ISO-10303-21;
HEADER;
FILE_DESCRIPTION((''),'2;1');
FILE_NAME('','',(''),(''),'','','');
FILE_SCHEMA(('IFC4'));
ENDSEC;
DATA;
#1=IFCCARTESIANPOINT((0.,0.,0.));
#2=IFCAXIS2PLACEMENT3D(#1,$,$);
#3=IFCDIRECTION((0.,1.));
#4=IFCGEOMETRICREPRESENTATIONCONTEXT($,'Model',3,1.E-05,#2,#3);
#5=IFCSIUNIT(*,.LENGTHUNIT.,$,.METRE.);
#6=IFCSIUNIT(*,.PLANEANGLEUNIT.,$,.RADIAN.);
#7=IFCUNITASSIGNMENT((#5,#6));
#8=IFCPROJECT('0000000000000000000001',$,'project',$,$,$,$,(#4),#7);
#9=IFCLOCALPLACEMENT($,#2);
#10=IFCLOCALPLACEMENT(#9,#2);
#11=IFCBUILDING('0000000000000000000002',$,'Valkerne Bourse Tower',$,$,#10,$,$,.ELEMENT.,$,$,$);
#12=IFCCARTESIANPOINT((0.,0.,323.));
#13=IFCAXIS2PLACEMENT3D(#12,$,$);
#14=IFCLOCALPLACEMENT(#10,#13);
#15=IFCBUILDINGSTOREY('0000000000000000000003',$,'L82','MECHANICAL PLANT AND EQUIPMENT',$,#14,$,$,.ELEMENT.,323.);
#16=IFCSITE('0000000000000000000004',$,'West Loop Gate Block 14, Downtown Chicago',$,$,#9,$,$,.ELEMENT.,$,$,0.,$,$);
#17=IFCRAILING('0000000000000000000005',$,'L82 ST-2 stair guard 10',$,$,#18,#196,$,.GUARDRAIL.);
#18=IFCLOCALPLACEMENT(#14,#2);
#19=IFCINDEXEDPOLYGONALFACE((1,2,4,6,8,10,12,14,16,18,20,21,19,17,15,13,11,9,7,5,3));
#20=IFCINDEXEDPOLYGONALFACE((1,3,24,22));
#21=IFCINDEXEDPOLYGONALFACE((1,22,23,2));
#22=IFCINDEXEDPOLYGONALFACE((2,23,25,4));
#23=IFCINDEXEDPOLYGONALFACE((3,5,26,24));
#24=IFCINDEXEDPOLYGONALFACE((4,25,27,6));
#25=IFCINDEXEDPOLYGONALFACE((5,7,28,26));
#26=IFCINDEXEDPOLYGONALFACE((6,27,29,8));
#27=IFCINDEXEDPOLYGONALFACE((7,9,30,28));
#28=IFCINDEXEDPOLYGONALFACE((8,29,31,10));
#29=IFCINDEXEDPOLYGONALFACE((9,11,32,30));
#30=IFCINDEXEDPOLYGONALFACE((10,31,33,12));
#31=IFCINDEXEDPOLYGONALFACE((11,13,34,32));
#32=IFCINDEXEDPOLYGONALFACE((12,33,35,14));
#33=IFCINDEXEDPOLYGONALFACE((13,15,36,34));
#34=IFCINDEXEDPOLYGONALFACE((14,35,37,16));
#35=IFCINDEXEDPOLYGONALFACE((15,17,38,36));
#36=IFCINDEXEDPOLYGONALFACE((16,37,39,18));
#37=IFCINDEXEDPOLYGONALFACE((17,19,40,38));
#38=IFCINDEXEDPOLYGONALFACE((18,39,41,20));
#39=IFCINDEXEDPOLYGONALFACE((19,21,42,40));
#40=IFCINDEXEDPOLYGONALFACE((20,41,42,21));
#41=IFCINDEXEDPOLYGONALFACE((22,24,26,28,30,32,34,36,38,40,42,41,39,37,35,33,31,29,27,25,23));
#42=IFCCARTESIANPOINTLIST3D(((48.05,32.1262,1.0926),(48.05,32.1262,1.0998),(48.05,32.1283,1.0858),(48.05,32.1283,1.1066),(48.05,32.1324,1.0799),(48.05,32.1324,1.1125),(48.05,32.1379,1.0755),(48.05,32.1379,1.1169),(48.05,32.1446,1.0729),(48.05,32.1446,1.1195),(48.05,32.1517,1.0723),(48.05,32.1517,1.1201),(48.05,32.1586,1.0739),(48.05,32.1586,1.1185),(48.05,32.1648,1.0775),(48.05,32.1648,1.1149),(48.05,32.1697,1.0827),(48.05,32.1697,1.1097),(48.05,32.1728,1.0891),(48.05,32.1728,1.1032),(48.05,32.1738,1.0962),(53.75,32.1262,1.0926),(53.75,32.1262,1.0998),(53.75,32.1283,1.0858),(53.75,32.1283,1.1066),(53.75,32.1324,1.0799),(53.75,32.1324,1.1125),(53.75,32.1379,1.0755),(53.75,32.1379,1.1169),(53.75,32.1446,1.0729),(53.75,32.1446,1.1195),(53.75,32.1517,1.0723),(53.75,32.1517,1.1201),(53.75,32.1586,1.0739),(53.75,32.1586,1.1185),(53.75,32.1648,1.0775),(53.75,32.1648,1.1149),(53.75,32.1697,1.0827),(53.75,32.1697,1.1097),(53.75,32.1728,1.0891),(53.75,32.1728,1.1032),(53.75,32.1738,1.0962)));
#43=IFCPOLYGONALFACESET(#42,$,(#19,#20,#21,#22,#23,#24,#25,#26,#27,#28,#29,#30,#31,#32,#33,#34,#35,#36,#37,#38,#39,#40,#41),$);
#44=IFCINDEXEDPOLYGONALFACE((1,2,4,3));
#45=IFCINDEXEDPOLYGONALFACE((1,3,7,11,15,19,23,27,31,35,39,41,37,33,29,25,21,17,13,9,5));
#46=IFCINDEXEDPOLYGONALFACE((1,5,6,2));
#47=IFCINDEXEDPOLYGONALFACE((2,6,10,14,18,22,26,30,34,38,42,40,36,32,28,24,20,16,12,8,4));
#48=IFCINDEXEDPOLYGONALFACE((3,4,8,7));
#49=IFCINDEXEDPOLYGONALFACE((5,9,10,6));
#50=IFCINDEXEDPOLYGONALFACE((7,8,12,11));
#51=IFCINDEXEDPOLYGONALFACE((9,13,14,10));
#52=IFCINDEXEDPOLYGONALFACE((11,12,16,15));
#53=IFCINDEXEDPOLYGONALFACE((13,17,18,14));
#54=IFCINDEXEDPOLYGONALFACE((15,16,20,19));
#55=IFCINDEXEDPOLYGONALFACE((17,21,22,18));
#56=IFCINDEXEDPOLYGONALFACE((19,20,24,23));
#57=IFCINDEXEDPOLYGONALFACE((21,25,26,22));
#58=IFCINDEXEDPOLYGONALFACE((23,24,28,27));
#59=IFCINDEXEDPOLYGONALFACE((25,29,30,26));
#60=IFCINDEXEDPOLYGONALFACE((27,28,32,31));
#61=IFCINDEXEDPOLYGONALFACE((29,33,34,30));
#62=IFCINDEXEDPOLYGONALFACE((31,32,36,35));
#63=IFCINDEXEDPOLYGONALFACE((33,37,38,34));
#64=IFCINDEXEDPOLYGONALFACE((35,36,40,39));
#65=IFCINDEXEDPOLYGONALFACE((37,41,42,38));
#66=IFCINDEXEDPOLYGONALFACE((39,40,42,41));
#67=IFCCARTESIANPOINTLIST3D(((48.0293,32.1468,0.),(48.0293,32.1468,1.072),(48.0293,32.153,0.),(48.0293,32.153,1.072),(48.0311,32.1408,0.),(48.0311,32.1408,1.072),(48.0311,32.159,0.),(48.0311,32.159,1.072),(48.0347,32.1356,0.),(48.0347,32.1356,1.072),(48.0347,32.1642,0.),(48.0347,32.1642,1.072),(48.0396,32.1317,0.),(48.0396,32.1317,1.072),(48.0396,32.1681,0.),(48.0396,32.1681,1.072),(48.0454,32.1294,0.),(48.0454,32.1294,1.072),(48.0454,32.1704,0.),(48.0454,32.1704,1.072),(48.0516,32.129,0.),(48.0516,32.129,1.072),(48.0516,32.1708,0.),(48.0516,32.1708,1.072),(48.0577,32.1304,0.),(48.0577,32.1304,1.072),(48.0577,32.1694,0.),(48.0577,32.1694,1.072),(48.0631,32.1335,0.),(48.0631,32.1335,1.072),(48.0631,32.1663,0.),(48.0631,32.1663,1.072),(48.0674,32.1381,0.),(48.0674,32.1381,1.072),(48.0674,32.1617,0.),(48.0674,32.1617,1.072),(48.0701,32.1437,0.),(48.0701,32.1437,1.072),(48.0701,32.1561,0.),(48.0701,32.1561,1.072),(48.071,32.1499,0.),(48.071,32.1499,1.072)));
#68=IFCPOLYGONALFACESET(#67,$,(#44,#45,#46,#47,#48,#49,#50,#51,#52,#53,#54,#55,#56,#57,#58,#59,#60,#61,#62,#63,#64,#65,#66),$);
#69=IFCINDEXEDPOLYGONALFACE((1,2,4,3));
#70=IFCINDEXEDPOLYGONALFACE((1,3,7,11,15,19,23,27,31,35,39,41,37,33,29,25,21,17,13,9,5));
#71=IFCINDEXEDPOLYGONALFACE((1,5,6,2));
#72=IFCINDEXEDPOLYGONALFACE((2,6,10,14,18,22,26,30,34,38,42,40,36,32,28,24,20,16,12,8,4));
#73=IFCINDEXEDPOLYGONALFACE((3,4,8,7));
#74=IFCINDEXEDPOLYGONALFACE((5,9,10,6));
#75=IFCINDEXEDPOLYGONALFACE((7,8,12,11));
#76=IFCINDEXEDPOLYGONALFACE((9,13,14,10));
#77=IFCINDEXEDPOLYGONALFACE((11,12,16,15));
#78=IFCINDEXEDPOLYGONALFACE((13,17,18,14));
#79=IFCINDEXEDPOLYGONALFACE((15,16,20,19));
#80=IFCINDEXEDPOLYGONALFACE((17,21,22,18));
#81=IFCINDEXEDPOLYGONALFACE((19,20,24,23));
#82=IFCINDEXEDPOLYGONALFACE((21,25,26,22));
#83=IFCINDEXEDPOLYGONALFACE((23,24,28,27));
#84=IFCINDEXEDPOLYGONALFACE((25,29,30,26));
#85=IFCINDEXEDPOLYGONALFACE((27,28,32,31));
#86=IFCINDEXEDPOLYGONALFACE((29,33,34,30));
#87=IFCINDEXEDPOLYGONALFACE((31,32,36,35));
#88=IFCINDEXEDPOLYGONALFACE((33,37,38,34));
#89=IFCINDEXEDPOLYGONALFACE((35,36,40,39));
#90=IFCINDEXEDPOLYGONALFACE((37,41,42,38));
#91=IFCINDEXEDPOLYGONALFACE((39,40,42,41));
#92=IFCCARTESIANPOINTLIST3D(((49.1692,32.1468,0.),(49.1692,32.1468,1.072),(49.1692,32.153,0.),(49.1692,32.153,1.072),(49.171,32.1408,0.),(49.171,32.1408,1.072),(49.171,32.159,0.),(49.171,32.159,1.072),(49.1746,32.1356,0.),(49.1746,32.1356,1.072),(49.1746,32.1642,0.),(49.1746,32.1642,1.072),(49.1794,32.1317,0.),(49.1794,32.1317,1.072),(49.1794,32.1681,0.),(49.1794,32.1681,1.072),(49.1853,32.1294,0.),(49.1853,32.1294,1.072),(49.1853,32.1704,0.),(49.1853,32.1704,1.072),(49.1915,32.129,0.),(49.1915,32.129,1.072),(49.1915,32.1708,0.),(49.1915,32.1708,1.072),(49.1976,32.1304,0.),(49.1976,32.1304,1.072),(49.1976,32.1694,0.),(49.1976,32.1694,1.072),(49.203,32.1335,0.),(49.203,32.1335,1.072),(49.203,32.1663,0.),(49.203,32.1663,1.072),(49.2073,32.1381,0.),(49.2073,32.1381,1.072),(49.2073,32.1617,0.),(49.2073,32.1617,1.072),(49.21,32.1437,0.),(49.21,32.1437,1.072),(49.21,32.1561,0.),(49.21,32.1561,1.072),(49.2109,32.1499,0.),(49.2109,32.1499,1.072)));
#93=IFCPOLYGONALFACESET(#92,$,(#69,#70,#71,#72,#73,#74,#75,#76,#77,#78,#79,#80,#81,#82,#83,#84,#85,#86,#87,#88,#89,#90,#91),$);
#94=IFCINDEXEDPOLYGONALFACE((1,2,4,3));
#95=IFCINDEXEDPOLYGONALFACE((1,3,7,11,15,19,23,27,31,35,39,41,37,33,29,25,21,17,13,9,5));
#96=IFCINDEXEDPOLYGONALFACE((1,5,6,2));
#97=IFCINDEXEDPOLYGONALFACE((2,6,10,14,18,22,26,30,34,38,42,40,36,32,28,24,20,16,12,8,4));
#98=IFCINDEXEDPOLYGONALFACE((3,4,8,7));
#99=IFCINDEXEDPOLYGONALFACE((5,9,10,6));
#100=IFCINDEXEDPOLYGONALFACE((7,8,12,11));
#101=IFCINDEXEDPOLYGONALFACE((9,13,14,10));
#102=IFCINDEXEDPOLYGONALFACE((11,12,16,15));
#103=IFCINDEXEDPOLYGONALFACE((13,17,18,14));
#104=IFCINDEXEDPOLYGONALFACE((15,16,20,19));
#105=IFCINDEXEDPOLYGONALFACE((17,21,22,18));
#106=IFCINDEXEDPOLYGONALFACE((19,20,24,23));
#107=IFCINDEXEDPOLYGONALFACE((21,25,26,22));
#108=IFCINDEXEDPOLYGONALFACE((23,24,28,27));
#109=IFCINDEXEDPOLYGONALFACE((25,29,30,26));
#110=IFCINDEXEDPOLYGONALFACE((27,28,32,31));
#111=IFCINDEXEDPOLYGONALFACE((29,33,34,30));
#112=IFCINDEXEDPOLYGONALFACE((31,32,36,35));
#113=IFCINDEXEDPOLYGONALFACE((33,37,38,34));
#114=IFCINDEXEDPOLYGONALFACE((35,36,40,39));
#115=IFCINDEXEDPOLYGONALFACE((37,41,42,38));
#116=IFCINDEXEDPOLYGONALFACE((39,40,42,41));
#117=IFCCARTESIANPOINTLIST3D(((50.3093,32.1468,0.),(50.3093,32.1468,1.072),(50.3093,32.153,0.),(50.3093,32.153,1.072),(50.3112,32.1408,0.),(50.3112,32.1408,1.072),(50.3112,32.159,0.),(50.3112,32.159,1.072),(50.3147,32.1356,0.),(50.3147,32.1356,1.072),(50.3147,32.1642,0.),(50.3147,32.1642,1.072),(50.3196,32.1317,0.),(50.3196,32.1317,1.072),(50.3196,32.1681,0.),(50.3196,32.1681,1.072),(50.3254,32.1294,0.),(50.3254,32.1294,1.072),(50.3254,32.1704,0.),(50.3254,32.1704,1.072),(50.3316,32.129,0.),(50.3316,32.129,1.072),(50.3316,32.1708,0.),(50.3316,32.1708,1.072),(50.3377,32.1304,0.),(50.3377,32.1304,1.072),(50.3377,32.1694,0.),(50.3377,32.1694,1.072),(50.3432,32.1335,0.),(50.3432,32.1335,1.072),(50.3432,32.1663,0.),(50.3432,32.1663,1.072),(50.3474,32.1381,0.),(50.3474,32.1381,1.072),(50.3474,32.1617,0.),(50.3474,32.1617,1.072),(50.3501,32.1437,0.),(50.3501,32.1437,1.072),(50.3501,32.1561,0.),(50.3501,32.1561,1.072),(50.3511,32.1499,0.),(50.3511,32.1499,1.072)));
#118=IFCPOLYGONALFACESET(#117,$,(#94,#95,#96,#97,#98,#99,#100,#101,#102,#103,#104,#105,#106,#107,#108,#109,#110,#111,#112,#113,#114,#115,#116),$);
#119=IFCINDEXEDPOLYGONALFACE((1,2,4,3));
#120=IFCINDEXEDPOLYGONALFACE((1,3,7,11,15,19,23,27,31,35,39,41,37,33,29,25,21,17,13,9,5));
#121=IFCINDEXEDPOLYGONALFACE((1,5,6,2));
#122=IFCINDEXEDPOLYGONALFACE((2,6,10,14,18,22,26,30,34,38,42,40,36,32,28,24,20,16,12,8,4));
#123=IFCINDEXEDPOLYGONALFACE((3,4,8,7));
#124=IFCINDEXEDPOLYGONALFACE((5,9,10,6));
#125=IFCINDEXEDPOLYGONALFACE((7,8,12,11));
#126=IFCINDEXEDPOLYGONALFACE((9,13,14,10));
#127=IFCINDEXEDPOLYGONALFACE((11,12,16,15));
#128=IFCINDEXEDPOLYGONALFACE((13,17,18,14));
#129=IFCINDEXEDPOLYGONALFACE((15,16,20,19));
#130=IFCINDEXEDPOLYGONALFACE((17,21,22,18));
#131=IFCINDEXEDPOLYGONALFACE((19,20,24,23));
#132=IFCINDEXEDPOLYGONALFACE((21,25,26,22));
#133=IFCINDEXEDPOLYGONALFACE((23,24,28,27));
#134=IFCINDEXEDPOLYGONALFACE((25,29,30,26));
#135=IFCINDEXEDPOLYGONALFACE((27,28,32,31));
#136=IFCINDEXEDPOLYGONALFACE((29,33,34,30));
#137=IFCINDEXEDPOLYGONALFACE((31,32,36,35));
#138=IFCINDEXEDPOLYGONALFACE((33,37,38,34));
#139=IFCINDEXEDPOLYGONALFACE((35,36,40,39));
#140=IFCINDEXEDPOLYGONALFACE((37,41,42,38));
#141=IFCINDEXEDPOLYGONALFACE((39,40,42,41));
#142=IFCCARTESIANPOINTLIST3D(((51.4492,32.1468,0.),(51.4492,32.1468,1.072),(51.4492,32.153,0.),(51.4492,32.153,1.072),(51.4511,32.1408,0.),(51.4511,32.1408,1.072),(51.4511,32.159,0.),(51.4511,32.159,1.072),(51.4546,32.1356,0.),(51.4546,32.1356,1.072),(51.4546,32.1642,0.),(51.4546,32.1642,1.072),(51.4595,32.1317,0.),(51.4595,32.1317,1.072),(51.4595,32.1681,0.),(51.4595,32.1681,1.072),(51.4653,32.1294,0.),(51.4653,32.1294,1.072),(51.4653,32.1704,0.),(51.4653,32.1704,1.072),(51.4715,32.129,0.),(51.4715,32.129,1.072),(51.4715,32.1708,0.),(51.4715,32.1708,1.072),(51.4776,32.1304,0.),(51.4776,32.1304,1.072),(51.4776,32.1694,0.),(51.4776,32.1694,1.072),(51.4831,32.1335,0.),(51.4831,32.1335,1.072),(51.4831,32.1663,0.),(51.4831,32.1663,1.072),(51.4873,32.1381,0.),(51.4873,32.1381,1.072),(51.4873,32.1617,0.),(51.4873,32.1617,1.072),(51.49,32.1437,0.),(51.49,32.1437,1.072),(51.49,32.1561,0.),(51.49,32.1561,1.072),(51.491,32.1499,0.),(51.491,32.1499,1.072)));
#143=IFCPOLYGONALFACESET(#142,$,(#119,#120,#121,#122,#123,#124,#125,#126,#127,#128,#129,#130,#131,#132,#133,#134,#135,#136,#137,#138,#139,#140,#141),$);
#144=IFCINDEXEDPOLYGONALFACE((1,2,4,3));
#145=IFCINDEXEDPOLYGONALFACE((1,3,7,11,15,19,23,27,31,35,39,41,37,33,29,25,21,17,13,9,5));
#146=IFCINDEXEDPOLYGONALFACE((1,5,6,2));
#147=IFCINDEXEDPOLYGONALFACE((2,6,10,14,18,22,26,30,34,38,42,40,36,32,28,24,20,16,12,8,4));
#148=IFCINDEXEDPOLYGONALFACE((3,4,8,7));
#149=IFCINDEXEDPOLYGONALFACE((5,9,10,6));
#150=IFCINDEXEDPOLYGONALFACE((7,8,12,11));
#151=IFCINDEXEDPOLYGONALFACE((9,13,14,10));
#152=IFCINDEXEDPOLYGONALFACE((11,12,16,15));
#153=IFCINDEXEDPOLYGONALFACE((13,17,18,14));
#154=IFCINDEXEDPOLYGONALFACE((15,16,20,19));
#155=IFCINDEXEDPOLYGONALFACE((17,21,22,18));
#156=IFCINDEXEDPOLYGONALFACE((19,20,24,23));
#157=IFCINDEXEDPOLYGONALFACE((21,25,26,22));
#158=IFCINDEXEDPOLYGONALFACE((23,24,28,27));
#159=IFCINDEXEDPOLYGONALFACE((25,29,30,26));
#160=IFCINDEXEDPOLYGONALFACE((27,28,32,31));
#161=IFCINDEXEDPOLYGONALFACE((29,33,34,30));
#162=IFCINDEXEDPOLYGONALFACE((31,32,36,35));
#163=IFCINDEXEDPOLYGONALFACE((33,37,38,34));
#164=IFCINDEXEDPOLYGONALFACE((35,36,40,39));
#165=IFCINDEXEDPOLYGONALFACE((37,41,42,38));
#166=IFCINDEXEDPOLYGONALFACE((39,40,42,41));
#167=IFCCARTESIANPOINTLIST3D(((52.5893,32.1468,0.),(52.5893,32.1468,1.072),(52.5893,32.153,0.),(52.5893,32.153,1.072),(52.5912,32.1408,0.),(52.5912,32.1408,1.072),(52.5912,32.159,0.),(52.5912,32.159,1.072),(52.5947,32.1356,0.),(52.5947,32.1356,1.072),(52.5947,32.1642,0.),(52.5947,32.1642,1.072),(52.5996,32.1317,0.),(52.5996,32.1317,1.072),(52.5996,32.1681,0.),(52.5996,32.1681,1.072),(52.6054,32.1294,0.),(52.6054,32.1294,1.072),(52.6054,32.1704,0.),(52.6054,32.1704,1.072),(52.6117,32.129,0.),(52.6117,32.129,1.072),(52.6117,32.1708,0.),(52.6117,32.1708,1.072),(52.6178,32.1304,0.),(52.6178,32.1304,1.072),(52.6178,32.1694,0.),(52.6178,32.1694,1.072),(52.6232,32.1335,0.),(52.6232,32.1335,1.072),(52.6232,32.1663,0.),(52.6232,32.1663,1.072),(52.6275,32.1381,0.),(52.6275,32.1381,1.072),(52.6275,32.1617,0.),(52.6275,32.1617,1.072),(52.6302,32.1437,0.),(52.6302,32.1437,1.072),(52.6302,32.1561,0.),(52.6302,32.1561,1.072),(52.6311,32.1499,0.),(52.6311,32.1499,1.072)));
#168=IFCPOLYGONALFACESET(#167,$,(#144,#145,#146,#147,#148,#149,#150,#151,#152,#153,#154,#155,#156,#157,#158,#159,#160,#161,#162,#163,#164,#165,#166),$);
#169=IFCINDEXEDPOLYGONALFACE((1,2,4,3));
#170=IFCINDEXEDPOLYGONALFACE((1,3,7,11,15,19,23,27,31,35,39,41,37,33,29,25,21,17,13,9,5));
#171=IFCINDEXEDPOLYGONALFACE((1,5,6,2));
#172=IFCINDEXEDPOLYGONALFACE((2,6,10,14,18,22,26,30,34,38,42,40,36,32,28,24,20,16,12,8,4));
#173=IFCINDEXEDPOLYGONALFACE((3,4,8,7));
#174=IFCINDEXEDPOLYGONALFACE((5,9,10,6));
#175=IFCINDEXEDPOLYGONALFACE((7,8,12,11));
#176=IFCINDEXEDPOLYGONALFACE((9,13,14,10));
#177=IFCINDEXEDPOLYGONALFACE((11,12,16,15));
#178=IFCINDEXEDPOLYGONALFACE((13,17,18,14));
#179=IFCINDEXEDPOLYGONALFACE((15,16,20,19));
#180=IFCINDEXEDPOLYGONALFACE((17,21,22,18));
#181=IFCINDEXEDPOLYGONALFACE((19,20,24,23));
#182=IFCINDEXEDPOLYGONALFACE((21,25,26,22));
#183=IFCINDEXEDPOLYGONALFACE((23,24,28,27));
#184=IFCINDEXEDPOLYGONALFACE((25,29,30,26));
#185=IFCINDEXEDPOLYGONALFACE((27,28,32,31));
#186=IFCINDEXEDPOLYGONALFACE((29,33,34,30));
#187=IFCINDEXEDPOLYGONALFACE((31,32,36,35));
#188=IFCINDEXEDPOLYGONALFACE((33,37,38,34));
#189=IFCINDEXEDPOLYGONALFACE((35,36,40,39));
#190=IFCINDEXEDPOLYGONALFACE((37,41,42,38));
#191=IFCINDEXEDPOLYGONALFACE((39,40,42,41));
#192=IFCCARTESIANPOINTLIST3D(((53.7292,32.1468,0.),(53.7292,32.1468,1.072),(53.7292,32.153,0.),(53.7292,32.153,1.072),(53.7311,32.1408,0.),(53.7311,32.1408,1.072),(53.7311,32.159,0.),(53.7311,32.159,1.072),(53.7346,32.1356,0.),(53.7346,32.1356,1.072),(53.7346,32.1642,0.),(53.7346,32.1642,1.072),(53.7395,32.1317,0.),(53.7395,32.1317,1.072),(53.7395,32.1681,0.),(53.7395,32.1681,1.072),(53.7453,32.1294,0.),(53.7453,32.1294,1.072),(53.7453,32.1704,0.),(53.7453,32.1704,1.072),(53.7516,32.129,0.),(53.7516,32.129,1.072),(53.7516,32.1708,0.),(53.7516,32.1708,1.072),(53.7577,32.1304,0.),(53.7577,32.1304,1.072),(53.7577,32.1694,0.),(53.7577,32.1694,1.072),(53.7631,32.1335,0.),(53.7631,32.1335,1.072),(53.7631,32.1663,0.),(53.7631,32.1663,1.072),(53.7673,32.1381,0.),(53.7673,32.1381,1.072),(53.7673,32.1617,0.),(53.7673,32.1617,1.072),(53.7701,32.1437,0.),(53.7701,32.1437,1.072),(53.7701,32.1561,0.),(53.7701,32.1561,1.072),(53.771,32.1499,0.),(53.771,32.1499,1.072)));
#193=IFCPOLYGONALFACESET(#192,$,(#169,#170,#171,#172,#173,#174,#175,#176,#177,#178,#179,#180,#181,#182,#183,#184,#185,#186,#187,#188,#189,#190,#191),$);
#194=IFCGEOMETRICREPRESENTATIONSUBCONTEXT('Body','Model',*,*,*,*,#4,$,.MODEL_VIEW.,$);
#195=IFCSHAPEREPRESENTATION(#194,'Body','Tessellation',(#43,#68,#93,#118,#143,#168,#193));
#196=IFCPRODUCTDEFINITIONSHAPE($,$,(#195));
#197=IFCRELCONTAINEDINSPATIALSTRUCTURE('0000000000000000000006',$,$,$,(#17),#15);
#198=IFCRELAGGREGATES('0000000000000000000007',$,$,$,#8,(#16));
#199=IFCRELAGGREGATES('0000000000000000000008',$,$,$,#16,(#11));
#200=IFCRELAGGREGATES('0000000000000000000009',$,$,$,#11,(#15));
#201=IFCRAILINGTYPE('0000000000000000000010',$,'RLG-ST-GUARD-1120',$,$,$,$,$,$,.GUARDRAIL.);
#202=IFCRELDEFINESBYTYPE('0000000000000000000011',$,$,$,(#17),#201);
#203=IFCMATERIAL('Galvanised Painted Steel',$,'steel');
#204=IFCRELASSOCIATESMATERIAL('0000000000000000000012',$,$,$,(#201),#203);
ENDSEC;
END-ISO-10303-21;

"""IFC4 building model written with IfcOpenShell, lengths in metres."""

from ifc_helpers import new_model, si_unit, direction, frame, origin, origin_2d, place, context, subcontext, project, spatial, circle, extrude, material, type_object, element, save


model = new_model("IFC4")

# Units and contexts
model_context = context("Model", 3, precision=1e-05, world=origin(), true_north=direction((0.0, 1.0)))
body_context = subcontext(model_context, "Body", "Model", "MODEL_VIEW")
ifc_project = project(units=[si_unit("LENGTHUNIT", "METRE"), si_unit("PLANEANGLEUNIT", "RADIAN")], contexts=[model_context])

# Site, building, storey
site_placement = place(None, origin())
site = spatial("IfcSite", under=ifc_project, at=site_placement, Name="West Loop Gate Block 14, Downtown Chicago", CompositionType="ELEMENT", RefElevation=0.0)
building_placement = place(site_placement, origin())
building = spatial("IfcBuilding", under=site, at=building_placement, Name="Valkerne Bourse Tower", CompositionType="ELEMENT")
storey_placement = place(building_placement, frame((0.0, 0.0, 323.0)))
storey = spatial("IfcBuildingStorey", under=building, at=storey_placement, Name="L82", Description="MECHANICAL PLANT AND EQUIPMENT", CompositionType="ELEMENT", Elevation=323.0)

# Railing
ifc_material_1 = material(Name="Galvanised Painted Steel", Category="steel")
railing_type_1 = type_object("IfcRailingType", Name="RLG-ST-GUARD-1120", PredefinedType="GUARDRAIL", material=ifc_material_1)
railing_1_placement = place(storey_placement, frame((48.05, 32.1499, 0.0)))
element("IfcRailing", 1, at=railing_1_placement, inside=storey, type_object=railing_type_1, Name="L82 ST-2 stair guard 10", PredefinedType="GUARDRAIL", context=body_context, shape_type="SweptSolid", body=[
    extrude(circle(Radius=0.0239, at=origin_2d()), frame((0.0, 0.0, 1.0962), z_axis=(1.0, 0.0, 0.0), x_axis=(0.0, 1.0, 0.0)), (0.0, 0.0, 1.0), 5.7),
    extrude(circle(Radius=0.021, at=origin_2d()), origin(), (0.0, 0.0, 1.0), 1.072),
    extrude(circle(Radius=0.021, at=origin_2d()), frame((1.1399, 0.0, 0.0)), (0.0, 0.0, 1.0), 1.072),
    extrude(circle(Radius=0.021, at=origin_2d()), frame((2.28, 0.0, 0.0)), (0.0, 0.0, 1.0), 1.072),
    extrude(circle(Radius=0.021, at=origin_2d()), frame((3.4199, 0.0, 0.0)), (0.0, 0.0, 1.0), 1.072),
    extrude(circle(Radius=0.021, at=origin_2d()), frame((4.5601, 0.0, 0.0)), (0.0, 0.0, 1.0), 1.072),
    extrude(circle(Radius=0.021, at=origin_2d()), frame((5.7, 0.0, 0.0)), (0.0, 0.0, 1.0), 1.072),
])

save(model, "model.ifc")
